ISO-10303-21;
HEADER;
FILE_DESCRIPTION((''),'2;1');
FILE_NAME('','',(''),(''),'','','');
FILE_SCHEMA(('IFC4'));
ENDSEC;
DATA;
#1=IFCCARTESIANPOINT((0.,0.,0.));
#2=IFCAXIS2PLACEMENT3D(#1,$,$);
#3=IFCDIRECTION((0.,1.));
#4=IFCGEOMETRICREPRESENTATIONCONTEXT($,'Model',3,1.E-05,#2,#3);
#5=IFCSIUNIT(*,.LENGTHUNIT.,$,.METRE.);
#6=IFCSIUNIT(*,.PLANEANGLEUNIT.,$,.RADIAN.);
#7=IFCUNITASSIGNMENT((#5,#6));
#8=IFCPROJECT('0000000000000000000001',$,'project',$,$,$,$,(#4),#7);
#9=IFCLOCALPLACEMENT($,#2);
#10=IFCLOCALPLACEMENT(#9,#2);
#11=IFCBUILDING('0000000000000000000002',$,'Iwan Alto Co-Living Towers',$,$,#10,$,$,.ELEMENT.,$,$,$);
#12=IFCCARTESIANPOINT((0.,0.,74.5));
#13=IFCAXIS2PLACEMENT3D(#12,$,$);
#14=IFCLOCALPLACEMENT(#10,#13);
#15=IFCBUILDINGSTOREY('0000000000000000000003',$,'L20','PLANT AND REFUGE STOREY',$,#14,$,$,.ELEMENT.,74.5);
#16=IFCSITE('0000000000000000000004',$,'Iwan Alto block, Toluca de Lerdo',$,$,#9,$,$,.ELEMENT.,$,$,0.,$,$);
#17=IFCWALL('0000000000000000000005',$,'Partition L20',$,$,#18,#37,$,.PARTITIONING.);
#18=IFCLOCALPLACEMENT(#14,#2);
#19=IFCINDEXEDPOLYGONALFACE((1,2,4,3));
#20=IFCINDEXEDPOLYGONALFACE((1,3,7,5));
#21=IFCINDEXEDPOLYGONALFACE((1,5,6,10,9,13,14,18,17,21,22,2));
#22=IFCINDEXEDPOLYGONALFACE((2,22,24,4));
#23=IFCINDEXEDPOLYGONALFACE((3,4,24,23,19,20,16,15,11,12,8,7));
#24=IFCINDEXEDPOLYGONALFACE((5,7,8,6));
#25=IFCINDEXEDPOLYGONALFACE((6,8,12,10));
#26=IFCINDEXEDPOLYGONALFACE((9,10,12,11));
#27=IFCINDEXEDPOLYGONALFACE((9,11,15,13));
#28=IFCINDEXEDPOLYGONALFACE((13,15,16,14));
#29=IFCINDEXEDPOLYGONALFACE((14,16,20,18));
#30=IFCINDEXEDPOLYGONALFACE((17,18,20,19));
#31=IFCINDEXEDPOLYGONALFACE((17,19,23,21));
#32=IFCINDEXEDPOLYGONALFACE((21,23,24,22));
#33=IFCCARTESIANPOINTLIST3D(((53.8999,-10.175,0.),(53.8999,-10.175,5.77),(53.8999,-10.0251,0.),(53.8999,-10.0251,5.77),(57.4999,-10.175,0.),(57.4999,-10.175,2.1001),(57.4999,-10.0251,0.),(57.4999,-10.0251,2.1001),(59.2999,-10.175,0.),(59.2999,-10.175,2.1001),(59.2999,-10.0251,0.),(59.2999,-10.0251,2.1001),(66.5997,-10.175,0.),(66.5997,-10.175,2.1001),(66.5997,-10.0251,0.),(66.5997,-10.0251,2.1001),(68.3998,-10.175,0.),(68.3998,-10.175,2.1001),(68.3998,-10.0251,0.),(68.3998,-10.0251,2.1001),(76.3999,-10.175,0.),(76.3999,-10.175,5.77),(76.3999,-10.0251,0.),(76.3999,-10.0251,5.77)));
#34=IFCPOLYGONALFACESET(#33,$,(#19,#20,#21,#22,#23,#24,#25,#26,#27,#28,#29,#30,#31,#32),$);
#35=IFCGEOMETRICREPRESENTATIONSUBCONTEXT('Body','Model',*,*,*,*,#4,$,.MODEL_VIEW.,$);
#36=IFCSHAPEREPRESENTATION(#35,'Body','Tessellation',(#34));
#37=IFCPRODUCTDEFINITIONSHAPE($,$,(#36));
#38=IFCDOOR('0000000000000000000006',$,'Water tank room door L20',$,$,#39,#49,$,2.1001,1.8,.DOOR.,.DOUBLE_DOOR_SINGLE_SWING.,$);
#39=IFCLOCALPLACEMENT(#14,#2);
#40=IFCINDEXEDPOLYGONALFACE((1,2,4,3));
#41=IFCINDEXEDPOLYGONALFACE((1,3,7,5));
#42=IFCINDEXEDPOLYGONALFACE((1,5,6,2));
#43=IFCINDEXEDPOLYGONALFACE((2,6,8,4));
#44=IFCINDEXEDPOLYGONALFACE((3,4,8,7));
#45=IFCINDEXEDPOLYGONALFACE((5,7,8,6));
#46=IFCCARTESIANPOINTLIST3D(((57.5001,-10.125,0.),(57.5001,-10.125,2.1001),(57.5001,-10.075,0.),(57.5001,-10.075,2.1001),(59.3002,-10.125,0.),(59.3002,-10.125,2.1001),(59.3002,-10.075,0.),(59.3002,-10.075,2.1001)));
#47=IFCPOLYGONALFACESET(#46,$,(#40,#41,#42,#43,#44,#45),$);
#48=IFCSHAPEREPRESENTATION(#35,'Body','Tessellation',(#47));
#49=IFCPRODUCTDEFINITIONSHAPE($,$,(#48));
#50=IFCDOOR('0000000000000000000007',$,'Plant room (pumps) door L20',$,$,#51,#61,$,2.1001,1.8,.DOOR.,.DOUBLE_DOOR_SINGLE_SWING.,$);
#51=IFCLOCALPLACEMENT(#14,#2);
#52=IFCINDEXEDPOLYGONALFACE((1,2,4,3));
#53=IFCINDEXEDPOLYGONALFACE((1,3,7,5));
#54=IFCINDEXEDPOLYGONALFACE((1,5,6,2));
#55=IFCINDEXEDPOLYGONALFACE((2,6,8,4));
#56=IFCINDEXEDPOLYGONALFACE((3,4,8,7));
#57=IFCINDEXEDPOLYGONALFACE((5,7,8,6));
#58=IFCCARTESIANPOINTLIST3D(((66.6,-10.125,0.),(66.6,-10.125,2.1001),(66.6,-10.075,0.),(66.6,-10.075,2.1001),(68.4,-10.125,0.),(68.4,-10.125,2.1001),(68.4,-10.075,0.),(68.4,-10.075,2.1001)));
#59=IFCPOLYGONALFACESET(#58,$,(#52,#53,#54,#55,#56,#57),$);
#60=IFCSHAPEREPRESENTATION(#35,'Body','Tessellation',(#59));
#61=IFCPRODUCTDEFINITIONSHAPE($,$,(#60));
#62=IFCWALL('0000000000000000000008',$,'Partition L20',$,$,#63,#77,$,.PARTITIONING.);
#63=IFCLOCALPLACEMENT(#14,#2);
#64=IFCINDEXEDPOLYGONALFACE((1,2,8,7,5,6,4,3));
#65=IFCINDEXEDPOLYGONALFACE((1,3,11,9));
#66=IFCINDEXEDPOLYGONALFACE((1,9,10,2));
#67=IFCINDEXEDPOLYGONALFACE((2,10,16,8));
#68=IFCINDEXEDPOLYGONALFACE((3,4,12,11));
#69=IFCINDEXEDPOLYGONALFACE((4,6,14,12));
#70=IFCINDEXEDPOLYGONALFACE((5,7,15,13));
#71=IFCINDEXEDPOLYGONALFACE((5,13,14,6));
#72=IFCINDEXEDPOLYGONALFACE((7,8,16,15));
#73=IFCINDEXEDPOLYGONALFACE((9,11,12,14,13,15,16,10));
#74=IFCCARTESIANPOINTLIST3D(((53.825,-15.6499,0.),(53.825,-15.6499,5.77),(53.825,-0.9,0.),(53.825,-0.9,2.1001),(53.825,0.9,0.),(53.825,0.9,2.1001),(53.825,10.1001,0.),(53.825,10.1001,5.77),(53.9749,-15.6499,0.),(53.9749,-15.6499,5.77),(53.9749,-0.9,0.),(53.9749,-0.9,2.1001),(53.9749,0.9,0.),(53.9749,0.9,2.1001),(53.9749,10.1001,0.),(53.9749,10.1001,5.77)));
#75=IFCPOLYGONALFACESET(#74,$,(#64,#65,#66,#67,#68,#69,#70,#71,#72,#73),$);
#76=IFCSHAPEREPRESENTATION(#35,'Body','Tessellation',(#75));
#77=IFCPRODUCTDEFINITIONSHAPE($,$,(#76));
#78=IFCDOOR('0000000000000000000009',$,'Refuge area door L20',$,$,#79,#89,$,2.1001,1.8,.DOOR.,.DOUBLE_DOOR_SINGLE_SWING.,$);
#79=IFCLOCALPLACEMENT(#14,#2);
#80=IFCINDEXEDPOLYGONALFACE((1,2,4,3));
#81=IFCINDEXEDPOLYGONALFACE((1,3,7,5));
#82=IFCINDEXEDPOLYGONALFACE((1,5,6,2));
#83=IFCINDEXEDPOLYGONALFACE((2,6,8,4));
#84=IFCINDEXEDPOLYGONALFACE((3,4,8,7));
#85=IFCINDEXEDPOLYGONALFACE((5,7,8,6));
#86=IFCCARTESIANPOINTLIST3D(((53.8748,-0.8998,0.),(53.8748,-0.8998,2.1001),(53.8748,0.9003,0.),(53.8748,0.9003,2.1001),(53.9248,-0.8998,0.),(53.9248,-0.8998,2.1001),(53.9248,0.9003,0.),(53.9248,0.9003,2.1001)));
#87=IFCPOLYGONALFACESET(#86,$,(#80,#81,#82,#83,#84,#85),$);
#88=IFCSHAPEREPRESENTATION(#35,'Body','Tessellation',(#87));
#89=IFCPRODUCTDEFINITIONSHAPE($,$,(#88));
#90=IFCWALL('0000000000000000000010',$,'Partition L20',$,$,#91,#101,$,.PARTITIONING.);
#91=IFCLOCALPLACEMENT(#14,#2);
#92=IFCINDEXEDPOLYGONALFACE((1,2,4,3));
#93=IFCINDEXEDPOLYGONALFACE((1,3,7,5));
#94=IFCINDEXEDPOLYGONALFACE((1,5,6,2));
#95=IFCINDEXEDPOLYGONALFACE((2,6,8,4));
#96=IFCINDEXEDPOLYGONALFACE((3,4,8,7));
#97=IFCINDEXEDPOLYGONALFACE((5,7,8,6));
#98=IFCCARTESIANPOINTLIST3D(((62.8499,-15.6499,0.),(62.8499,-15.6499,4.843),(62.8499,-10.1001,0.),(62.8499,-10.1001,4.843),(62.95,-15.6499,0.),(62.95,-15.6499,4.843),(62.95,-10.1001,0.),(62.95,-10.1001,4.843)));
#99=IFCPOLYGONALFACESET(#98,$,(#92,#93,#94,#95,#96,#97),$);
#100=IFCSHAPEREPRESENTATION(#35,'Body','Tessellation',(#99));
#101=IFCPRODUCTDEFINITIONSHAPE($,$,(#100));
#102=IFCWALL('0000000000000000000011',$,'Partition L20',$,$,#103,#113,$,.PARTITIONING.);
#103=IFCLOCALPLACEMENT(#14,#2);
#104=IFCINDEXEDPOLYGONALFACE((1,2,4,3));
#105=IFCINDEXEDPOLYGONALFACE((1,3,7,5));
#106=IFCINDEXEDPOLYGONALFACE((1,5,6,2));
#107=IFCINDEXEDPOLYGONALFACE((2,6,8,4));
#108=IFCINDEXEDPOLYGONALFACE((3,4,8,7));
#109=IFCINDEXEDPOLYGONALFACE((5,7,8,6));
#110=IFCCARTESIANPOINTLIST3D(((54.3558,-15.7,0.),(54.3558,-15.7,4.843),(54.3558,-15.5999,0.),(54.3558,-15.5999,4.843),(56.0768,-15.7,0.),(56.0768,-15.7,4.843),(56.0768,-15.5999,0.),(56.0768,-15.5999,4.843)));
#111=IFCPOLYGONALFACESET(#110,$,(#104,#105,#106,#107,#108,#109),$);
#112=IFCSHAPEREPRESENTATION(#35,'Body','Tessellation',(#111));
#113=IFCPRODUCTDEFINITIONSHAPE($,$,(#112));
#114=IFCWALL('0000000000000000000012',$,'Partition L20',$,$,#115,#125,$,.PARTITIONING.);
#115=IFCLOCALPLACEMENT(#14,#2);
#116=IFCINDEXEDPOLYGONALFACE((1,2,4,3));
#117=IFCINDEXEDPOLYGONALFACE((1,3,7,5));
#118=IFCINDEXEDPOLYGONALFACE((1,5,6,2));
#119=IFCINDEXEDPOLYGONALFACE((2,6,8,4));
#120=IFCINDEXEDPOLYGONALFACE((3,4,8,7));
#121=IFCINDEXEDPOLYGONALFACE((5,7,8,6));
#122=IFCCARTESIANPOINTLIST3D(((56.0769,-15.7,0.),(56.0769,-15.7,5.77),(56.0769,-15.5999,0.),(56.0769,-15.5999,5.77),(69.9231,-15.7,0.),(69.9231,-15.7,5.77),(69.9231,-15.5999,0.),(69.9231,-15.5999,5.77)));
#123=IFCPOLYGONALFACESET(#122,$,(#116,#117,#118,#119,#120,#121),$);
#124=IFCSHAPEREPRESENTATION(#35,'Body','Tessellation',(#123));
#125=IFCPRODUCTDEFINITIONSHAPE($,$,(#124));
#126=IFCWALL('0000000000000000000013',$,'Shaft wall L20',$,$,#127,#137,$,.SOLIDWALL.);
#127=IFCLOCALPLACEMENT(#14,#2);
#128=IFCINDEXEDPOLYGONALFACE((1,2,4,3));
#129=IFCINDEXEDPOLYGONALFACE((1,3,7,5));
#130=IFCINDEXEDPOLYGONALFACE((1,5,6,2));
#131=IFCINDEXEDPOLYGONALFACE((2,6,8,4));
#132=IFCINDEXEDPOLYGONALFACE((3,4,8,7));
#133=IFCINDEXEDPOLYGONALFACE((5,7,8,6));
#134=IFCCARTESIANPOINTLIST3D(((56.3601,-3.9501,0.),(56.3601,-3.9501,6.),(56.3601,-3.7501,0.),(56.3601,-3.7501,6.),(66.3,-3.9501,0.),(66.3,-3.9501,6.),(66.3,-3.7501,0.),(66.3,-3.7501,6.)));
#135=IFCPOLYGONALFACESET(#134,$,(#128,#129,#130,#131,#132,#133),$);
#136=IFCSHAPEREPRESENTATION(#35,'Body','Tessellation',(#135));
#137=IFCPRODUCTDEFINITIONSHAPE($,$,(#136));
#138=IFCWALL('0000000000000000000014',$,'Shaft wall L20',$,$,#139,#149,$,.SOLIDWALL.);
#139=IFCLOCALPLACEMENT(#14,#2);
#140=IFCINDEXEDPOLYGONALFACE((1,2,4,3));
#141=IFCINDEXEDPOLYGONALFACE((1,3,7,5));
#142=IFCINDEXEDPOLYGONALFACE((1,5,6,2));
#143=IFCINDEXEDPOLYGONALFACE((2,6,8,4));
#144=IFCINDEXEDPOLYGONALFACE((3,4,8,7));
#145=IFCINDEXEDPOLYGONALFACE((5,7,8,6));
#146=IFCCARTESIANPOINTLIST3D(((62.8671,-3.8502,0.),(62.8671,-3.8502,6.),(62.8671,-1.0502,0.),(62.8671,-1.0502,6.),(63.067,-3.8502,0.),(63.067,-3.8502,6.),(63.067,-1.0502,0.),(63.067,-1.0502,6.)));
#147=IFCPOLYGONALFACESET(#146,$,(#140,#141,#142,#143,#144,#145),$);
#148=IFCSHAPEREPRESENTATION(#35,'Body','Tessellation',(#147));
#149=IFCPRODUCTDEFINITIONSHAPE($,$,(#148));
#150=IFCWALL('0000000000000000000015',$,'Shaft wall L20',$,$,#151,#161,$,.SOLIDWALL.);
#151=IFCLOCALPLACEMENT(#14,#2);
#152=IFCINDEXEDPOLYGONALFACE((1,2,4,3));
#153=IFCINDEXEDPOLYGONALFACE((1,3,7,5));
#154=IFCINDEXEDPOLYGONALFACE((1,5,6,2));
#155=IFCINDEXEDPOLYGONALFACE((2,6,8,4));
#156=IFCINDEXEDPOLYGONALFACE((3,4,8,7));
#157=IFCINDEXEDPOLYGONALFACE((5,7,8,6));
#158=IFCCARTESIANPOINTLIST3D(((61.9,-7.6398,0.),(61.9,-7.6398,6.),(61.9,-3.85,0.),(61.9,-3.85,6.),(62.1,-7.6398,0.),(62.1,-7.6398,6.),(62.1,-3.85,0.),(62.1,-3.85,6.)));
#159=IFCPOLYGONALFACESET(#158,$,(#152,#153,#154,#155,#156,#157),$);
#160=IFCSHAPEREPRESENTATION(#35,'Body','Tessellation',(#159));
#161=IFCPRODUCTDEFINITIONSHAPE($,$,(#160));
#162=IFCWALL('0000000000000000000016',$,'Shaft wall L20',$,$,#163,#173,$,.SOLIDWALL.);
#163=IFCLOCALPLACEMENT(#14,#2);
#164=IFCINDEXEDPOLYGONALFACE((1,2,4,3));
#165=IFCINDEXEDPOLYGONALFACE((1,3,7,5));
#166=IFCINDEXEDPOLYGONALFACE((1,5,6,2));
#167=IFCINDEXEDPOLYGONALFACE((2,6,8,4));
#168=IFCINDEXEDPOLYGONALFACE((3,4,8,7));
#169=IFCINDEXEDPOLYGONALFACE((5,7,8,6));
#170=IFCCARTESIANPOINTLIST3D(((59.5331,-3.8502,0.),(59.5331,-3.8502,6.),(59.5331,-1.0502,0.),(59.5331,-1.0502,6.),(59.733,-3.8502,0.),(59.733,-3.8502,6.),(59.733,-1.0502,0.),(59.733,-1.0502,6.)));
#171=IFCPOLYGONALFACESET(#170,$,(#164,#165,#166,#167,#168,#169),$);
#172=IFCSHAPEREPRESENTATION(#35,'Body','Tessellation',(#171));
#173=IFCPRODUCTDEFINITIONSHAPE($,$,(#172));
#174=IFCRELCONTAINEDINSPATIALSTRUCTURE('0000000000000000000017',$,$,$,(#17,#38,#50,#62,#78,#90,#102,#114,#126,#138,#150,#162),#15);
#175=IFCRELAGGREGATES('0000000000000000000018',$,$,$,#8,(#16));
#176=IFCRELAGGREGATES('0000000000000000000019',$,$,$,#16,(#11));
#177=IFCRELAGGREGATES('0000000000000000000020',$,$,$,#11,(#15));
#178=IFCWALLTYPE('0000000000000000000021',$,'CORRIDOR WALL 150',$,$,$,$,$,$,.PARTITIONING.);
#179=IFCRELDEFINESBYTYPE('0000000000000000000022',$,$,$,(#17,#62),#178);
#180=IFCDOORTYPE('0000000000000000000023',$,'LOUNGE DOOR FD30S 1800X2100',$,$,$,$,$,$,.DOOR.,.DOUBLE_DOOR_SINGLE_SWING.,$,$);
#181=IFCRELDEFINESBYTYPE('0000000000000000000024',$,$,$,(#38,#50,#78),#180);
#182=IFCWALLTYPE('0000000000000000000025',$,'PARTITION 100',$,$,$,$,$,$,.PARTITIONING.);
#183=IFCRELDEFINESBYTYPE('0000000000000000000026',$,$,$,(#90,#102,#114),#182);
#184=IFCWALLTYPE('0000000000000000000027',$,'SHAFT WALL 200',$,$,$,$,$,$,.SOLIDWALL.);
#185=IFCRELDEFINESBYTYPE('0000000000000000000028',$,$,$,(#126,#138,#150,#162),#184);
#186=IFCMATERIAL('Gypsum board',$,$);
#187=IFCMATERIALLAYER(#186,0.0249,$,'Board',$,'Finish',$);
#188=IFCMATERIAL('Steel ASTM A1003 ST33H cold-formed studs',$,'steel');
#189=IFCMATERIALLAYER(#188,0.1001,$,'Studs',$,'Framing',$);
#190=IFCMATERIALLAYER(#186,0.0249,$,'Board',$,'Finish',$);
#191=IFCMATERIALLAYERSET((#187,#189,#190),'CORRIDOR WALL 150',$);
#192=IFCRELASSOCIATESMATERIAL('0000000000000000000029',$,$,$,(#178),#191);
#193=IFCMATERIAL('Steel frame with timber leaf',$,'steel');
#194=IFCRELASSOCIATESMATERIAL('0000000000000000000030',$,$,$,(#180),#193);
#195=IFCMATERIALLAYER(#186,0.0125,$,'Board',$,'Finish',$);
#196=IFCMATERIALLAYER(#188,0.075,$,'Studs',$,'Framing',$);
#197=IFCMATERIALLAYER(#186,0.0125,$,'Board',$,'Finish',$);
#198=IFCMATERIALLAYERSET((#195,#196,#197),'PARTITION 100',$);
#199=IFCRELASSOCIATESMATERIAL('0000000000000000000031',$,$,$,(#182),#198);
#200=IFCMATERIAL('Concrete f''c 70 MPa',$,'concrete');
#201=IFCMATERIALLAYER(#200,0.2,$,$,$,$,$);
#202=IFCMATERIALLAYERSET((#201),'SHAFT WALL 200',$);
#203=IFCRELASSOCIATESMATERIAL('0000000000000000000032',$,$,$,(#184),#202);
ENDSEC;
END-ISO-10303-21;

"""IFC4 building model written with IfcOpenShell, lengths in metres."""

from ifc_helpers import new_model, si_unit, direction, frame, frame_2d, origin, place, context, subcontext, project, spatial, rectangle, extrude, material, layer, layer_set, type_object, element, fill, save


model = new_model("IFC4")

# Units and contexts
model_context = context("Model", 3, precision=1e-05, world=origin(), true_north=direction((0.0, 1.0)))
body_context = subcontext(model_context, "Body", "Model", "MODEL_VIEW")
ifc_project = project(units=[si_unit("LENGTHUNIT", "METRE"), si_unit("PLANEANGLEUNIT", "RADIAN")], contexts=[model_context])

# Site, building, storey
site_placement = place(None, origin())
site = spatial("IfcSite", under=ifc_project, at=site_placement, Name="Iwan Alto block, Toluca de Lerdo", CompositionType="ELEMENT", RefElevation=0.0)
building_placement = place(site_placement, origin())
building = spatial("IfcBuilding", under=site, at=building_placement, Name="Iwan Alto Co-Living Towers", CompositionType="ELEMENT")
storey_placement = place(building_placement, frame((0.0, 0.0, 74.5)))
storey = spatial("IfcBuildingStorey", under=building, at=storey_placement, Name="L20", Description="PLANT AND REFUGE STOREY", CompositionType="ELEMENT", Elevation=74.5)

# Wall, openings, doors
ifc_material_1 = material(Name="Gypsum board")
ifc_layer_1 = layer(ifc_material_1, 0.0249, Name="Board", Category="Finish")
ifc_material_2 = material(Name="Steel ASTM A1003 ST33H cold-formed studs", Category="steel")
ifc_layer_2 = layer(ifc_material_2, 0.1001, Name="Studs", Category="Framing")
ifc_layer_3 = layer(ifc_material_1, 0.0249, Name="Board", Category="Finish")
ifc_layer_set_1 = layer_set([ifc_layer_1, ifc_layer_2, ifc_layer_3], Name="CORRIDOR WALL 150")
wall_type_1 = type_object("IfcWallType", Name="CORRIDOR WALL 150", PredefinedType="PARTITIONING", material=ifc_layer_set_1)
wall_1_placement = place(storey_placement, frame((53.8999, -10.1001, 0.0), z_axis=(0.0, 0.0, 1.0), x_axis=(1.0, 0.0, 0.0)))
wall_1 = element("IfcWall", 1, at=wall_1_placement, inside=storey, type_object=wall_type_1, Name="Partition L20", PredefinedType="PARTITIONING", context=body_context, shape_type="SweptSolid", body=[
    extrude(rectangle(XDim=22.5, YDim=0.1499, at=frame_2d((11.25, 0.0))), origin(), (0.0, 0.0, 1.0), 5.77),
])
opening_1_placement = place(wall_1_placement, frame((3.6001, 0.0, 0.0)))
opening_1 = element("IfcOpeningElement", 2, at=opening_1_placement, cuts=wall_1, PredefinedType="OPENING", context=body_context, shape_type="SweptSolid", body=[
    extrude(rectangle(XDim=1.8, YDim=2.1001, at=frame_2d((0.8999, 1.05))), frame((0.0, 0.085, 0.0), z_axis=(0.0, -1.0, 0.0), x_axis=(1.0, 0.0, 0.0)), (0.0, 0.0, 1.0), 0.1699),
])
opening_2_placement = place(wall_1_placement, frame((12.7, 0.0, 0.0)))
opening_2 = element("IfcOpeningElement", 3, at=opening_2_placement, cuts=wall_1, PredefinedType="OPENING", context=body_context, shape_type="SweptSolid", body=[
    extrude(rectangle(XDim=1.8, YDim=2.1001, at=frame_2d((0.8999, 1.05))), frame((0.0, 0.085, 0.0), z_axis=(0.0, -1.0, 0.0), x_axis=(1.0, 0.0, 0.0)), (0.0, 0.0, 1.0), 0.1699),
])
ifc_material_3 = material(Name="Steel frame with timber leaf", Category="steel")
door_type_1 = type_object("IfcDoorType", Name="LOUNGE DOOR FD30S 1800X2100", OperationType="DOUBLE_DOOR_SINGLE_SWING", PredefinedType="DOOR", material=ifc_material_3)
door_1_placement = place(opening_1_placement, frame((1.8, 0.0, 0.0), z_axis=(0.0, 0.0, 1.0), x_axis=(-1.0, 0.0, 0.0)))
door_1 = element("IfcDoor", 4, at=door_1_placement, inside=storey, type_object=door_type_1, Name="Water tank room door L20", OperationType="DOUBLE_DOOR_SINGLE_SWING", OverallHeight=2.1001, OverallWidth=1.8, PredefinedType="DOOR", context=body_context, shape_type="SweptSolid", body=[
    extrude(rectangle(XDim=1.8, YDim=2.1001, at=frame_2d((0.8999, 1.05))), frame((0.0, 0.0249, 0.0), z_axis=(0.0, -1.0, 0.0), x_axis=(1.0, 0.0, 0.0)), (0.0, 0.0, 1.0), 0.05),
])
fill(opening_1, door_1)
door_2_placement = place(opening_2_placement, frame((1.8, 0.0, 0.0), z_axis=(0.0, 0.0, 1.0), x_axis=(-1.0, 0.0, 0.0)))
door_2 = element("IfcDoor", 5, at=door_2_placement, inside=storey, type_object=door_type_1, Name="Plant room (pumps) door L20", OperationType="DOUBLE_DOOR_SINGLE_SWING", OverallHeight=2.1001, OverallWidth=1.8, PredefinedType="DOOR", context=body_context, shape_type="SweptSolid", body=[
    extrude(rectangle(XDim=1.8, YDim=2.1001, at=frame_2d((0.8999, 1.05))), frame((0.0, 0.0249, 0.0), z_axis=(0.0, -1.0, 0.0), x_axis=(1.0, 0.0, 0.0)), (0.0, 0.0, 1.0), 0.05),
])
fill(opening_2, door_2)

# Wall, opening, door
wall_2_placement = place(storey_placement, frame((53.8999, -15.6499, 0.0), z_axis=(0.0, 0.0, 1.0), x_axis=(0.0, 1.0, 0.0)))
wall_2 = element("IfcWall", 6, at=wall_2_placement, inside=storey, type_object=wall_type_1, Name="Partition L20", PredefinedType="PARTITIONING", context=body_context, shape_type="SweptSolid", body=[
    extrude(rectangle(XDim=25.75, YDim=0.1499, at=frame_2d((12.875, 0.0))), origin(), (0.0, 0.0, 1.0), 5.77),
])
opening_3_placement = place(wall_2_placement, frame((14.75, 0.0, 0.0)))
opening_3 = element("IfcOpeningElement", 7, at=opening_3_placement, cuts=wall_2, PredefinedType="OPENING", context=body_context, shape_type="SweptSolid", body=[
    extrude(rectangle(XDim=1.8, YDim=2.1001, at=frame_2d((0.8999, 1.05))), frame((0.0, 0.085, 0.0), z_axis=(0.0, -1.0, 0.0), x_axis=(1.0, 0.0, 0.0)), (0.0, 0.0, 1.0), 0.1699),
])
door_3_placement = place(opening_3_placement, frame((1.8, 0.0, 0.0), z_axis=(0.0, 0.0, 1.0), x_axis=(-1.0, 0.0, 0.0)))
door_3 = element("IfcDoor", 8, at=door_3_placement, inside=storey, type_object=door_type_1, Name="Refuge area door L20", OperationType="DOUBLE_DOOR_SINGLE_SWING", OverallHeight=2.1001, OverallWidth=1.8, PredefinedType="DOOR", context=body_context, shape_type="SweptSolid", body=[
    extrude(rectangle(XDim=1.8, YDim=2.1001, at=frame_2d((0.8999, 1.05))), frame((0.0, 0.0249, 0.0), z_axis=(0.0, -1.0, 0.0), x_axis=(1.0, 0.0, 0.0)), (0.0, 0.0, 1.0), 0.05),
])
fill(opening_3, door_3)

# Walls
ifc_layer_4 = layer(ifc_material_1, 0.0125, Name="Board", Category="Finish")
ifc_layer_5 = layer(ifc_material_2, 0.075, Name="Studs", Category="Framing")
ifc_layer_6 = layer(ifc_material_1, 0.0125, Name="Board", Category="Finish")
ifc_layer_set_2 = layer_set([ifc_layer_4, ifc_layer_5, ifc_layer_6], Name="PARTITION 100")
wall_type_2 = type_object("IfcWallType", Name="PARTITION 100", PredefinedType="PARTITIONING", material=ifc_layer_set_2)
wall_3_placement = place(storey_placement, frame((62.8999, -15.6499, 0.0), z_axis=(0.0, 0.0, 1.0), x_axis=(0.0, 1.0, 0.0)))
element("IfcWall", 9, at=wall_3_placement, inside=storey, type_object=wall_type_2, Name="Partition L20", PredefinedType="PARTITIONING", context=body_context, shape_type="SweptSolid", body=[
    extrude(rectangle(XDim=5.5498, YDim=0.1001, at=frame_2d((2.7749, 0.0))), origin(), (0.0, 0.0, 1.0), 4.843),
])
wall_4_placement = place(storey_placement, frame((54.356, -15.6499, 0.0), z_axis=(0.0, 0.0, 1.0), x_axis=(1.0, 0.0, 0.0)))
element("IfcWall", 10, at=wall_4_placement, inside=storey, type_object=wall_type_2, Name="Partition L20", PredefinedType="PARTITIONING", context=body_context, shape_type="SweptSolid", body=[
    extrude(rectangle(XDim=1.7209, YDim=0.1001, at=frame_2d((0.8604, 0.0))), origin(), (0.0, 0.0, 1.0), 4.843),
])
wall_5_placement = place(storey_placement, frame((56.0769, -15.6499, 0.0), z_axis=(0.0, 0.0, 1.0), x_axis=(1.0, 0.0, 0.0)))
element("IfcWall", 11, at=wall_5_placement, inside=storey, type_object=wall_type_2, Name="Partition L20", PredefinedType="PARTITIONING", context=body_context, shape_type="SweptSolid", body=[
    extrude(rectangle(XDim=13.8462, YDim=0.1001, at=frame_2d((6.9231, 0.0))), origin(), (0.0, 0.0, 1.0), 5.77),
])
ifc_material_4 = material(Name="Concrete f'c 70 MPa", Category="concrete")
ifc_layer_7 = layer(ifc_material_4, 0.2)
ifc_layer_set_3 = layer_set([ifc_layer_7], Name="SHAFT WALL 200")
wall_type_3 = type_object("IfcWallType", Name="SHAFT WALL 200", PredefinedType="SOLIDWALL", material=ifc_layer_set_3)
wall_6_placement = place(storey_placement, frame((56.3601, -3.8501, 0.0), z_axis=(0.0, 0.0, 1.0), x_axis=(1.0, 0.0, 0.0)))
element("IfcWall", 12, at=wall_6_placement, inside=storey, type_object=wall_type_3, Name="Shaft wall L20", PredefinedType="SOLIDWALL", context=body_context, shape_type="SweptSolid", body=[
    extrude(rectangle(XDim=9.9399, YDim=0.2, at=frame_2d((4.97, 0.0))), origin(), (0.0, 0.0, 1.0), 6.0),
])
wall_7_placement = place(storey_placement, frame((62.967, -3.8501, 0.0), z_axis=(0.0, 0.0, 1.0), x_axis=(0.0, 1.0, 0.0)))
element("IfcWall", 13, at=wall_7_placement, inside=storey, type_object=wall_type_3, Name="Shaft wall L20", PredefinedType="SOLIDWALL", context=body_context, shape_type="SweptSolid", body=[
    extrude(rectangle(XDim=2.8, YDim=0.2, at=frame_2d((1.3999, 0.0))), origin(), (0.0, 0.0, 1.0), 6.0),
])
wall_8_placement = place(storey_placement, frame((62.0, -7.6399, 0.0), z_axis=(0.0, 0.0, 1.0), x_axis=(0.0, 1.0, 0.0)))
element("IfcWall", 14, at=wall_8_placement, inside=storey, type_object=wall_type_3, Name="Shaft wall L20", PredefinedType="SOLIDWALL", context=body_context, shape_type="SweptSolid", body=[
    extrude(rectangle(XDim=3.7898, YDim=0.2, at=frame_2d((1.895, 0.0))), origin(), (0.0, 0.0, 1.0), 6.0),
])
wall_9_placement = place(storey_placement, frame((59.6331, -3.8501, 0.0), z_axis=(0.0, 0.0, 1.0), x_axis=(0.0, 1.0, 0.0)))
element("IfcWall", 15, at=wall_9_placement, inside=storey, type_object=wall_type_3, Name="Shaft wall L20", PredefinedType="SOLIDWALL", context=body_context, shape_type="SweptSolid", body=[
    extrude(rectangle(XDim=2.8, YDim=0.2, at=frame_2d((1.3999, 0.0))), origin(), (0.0, 0.0, 1.0), 6.0),
])

save(model, "model.ifc")
